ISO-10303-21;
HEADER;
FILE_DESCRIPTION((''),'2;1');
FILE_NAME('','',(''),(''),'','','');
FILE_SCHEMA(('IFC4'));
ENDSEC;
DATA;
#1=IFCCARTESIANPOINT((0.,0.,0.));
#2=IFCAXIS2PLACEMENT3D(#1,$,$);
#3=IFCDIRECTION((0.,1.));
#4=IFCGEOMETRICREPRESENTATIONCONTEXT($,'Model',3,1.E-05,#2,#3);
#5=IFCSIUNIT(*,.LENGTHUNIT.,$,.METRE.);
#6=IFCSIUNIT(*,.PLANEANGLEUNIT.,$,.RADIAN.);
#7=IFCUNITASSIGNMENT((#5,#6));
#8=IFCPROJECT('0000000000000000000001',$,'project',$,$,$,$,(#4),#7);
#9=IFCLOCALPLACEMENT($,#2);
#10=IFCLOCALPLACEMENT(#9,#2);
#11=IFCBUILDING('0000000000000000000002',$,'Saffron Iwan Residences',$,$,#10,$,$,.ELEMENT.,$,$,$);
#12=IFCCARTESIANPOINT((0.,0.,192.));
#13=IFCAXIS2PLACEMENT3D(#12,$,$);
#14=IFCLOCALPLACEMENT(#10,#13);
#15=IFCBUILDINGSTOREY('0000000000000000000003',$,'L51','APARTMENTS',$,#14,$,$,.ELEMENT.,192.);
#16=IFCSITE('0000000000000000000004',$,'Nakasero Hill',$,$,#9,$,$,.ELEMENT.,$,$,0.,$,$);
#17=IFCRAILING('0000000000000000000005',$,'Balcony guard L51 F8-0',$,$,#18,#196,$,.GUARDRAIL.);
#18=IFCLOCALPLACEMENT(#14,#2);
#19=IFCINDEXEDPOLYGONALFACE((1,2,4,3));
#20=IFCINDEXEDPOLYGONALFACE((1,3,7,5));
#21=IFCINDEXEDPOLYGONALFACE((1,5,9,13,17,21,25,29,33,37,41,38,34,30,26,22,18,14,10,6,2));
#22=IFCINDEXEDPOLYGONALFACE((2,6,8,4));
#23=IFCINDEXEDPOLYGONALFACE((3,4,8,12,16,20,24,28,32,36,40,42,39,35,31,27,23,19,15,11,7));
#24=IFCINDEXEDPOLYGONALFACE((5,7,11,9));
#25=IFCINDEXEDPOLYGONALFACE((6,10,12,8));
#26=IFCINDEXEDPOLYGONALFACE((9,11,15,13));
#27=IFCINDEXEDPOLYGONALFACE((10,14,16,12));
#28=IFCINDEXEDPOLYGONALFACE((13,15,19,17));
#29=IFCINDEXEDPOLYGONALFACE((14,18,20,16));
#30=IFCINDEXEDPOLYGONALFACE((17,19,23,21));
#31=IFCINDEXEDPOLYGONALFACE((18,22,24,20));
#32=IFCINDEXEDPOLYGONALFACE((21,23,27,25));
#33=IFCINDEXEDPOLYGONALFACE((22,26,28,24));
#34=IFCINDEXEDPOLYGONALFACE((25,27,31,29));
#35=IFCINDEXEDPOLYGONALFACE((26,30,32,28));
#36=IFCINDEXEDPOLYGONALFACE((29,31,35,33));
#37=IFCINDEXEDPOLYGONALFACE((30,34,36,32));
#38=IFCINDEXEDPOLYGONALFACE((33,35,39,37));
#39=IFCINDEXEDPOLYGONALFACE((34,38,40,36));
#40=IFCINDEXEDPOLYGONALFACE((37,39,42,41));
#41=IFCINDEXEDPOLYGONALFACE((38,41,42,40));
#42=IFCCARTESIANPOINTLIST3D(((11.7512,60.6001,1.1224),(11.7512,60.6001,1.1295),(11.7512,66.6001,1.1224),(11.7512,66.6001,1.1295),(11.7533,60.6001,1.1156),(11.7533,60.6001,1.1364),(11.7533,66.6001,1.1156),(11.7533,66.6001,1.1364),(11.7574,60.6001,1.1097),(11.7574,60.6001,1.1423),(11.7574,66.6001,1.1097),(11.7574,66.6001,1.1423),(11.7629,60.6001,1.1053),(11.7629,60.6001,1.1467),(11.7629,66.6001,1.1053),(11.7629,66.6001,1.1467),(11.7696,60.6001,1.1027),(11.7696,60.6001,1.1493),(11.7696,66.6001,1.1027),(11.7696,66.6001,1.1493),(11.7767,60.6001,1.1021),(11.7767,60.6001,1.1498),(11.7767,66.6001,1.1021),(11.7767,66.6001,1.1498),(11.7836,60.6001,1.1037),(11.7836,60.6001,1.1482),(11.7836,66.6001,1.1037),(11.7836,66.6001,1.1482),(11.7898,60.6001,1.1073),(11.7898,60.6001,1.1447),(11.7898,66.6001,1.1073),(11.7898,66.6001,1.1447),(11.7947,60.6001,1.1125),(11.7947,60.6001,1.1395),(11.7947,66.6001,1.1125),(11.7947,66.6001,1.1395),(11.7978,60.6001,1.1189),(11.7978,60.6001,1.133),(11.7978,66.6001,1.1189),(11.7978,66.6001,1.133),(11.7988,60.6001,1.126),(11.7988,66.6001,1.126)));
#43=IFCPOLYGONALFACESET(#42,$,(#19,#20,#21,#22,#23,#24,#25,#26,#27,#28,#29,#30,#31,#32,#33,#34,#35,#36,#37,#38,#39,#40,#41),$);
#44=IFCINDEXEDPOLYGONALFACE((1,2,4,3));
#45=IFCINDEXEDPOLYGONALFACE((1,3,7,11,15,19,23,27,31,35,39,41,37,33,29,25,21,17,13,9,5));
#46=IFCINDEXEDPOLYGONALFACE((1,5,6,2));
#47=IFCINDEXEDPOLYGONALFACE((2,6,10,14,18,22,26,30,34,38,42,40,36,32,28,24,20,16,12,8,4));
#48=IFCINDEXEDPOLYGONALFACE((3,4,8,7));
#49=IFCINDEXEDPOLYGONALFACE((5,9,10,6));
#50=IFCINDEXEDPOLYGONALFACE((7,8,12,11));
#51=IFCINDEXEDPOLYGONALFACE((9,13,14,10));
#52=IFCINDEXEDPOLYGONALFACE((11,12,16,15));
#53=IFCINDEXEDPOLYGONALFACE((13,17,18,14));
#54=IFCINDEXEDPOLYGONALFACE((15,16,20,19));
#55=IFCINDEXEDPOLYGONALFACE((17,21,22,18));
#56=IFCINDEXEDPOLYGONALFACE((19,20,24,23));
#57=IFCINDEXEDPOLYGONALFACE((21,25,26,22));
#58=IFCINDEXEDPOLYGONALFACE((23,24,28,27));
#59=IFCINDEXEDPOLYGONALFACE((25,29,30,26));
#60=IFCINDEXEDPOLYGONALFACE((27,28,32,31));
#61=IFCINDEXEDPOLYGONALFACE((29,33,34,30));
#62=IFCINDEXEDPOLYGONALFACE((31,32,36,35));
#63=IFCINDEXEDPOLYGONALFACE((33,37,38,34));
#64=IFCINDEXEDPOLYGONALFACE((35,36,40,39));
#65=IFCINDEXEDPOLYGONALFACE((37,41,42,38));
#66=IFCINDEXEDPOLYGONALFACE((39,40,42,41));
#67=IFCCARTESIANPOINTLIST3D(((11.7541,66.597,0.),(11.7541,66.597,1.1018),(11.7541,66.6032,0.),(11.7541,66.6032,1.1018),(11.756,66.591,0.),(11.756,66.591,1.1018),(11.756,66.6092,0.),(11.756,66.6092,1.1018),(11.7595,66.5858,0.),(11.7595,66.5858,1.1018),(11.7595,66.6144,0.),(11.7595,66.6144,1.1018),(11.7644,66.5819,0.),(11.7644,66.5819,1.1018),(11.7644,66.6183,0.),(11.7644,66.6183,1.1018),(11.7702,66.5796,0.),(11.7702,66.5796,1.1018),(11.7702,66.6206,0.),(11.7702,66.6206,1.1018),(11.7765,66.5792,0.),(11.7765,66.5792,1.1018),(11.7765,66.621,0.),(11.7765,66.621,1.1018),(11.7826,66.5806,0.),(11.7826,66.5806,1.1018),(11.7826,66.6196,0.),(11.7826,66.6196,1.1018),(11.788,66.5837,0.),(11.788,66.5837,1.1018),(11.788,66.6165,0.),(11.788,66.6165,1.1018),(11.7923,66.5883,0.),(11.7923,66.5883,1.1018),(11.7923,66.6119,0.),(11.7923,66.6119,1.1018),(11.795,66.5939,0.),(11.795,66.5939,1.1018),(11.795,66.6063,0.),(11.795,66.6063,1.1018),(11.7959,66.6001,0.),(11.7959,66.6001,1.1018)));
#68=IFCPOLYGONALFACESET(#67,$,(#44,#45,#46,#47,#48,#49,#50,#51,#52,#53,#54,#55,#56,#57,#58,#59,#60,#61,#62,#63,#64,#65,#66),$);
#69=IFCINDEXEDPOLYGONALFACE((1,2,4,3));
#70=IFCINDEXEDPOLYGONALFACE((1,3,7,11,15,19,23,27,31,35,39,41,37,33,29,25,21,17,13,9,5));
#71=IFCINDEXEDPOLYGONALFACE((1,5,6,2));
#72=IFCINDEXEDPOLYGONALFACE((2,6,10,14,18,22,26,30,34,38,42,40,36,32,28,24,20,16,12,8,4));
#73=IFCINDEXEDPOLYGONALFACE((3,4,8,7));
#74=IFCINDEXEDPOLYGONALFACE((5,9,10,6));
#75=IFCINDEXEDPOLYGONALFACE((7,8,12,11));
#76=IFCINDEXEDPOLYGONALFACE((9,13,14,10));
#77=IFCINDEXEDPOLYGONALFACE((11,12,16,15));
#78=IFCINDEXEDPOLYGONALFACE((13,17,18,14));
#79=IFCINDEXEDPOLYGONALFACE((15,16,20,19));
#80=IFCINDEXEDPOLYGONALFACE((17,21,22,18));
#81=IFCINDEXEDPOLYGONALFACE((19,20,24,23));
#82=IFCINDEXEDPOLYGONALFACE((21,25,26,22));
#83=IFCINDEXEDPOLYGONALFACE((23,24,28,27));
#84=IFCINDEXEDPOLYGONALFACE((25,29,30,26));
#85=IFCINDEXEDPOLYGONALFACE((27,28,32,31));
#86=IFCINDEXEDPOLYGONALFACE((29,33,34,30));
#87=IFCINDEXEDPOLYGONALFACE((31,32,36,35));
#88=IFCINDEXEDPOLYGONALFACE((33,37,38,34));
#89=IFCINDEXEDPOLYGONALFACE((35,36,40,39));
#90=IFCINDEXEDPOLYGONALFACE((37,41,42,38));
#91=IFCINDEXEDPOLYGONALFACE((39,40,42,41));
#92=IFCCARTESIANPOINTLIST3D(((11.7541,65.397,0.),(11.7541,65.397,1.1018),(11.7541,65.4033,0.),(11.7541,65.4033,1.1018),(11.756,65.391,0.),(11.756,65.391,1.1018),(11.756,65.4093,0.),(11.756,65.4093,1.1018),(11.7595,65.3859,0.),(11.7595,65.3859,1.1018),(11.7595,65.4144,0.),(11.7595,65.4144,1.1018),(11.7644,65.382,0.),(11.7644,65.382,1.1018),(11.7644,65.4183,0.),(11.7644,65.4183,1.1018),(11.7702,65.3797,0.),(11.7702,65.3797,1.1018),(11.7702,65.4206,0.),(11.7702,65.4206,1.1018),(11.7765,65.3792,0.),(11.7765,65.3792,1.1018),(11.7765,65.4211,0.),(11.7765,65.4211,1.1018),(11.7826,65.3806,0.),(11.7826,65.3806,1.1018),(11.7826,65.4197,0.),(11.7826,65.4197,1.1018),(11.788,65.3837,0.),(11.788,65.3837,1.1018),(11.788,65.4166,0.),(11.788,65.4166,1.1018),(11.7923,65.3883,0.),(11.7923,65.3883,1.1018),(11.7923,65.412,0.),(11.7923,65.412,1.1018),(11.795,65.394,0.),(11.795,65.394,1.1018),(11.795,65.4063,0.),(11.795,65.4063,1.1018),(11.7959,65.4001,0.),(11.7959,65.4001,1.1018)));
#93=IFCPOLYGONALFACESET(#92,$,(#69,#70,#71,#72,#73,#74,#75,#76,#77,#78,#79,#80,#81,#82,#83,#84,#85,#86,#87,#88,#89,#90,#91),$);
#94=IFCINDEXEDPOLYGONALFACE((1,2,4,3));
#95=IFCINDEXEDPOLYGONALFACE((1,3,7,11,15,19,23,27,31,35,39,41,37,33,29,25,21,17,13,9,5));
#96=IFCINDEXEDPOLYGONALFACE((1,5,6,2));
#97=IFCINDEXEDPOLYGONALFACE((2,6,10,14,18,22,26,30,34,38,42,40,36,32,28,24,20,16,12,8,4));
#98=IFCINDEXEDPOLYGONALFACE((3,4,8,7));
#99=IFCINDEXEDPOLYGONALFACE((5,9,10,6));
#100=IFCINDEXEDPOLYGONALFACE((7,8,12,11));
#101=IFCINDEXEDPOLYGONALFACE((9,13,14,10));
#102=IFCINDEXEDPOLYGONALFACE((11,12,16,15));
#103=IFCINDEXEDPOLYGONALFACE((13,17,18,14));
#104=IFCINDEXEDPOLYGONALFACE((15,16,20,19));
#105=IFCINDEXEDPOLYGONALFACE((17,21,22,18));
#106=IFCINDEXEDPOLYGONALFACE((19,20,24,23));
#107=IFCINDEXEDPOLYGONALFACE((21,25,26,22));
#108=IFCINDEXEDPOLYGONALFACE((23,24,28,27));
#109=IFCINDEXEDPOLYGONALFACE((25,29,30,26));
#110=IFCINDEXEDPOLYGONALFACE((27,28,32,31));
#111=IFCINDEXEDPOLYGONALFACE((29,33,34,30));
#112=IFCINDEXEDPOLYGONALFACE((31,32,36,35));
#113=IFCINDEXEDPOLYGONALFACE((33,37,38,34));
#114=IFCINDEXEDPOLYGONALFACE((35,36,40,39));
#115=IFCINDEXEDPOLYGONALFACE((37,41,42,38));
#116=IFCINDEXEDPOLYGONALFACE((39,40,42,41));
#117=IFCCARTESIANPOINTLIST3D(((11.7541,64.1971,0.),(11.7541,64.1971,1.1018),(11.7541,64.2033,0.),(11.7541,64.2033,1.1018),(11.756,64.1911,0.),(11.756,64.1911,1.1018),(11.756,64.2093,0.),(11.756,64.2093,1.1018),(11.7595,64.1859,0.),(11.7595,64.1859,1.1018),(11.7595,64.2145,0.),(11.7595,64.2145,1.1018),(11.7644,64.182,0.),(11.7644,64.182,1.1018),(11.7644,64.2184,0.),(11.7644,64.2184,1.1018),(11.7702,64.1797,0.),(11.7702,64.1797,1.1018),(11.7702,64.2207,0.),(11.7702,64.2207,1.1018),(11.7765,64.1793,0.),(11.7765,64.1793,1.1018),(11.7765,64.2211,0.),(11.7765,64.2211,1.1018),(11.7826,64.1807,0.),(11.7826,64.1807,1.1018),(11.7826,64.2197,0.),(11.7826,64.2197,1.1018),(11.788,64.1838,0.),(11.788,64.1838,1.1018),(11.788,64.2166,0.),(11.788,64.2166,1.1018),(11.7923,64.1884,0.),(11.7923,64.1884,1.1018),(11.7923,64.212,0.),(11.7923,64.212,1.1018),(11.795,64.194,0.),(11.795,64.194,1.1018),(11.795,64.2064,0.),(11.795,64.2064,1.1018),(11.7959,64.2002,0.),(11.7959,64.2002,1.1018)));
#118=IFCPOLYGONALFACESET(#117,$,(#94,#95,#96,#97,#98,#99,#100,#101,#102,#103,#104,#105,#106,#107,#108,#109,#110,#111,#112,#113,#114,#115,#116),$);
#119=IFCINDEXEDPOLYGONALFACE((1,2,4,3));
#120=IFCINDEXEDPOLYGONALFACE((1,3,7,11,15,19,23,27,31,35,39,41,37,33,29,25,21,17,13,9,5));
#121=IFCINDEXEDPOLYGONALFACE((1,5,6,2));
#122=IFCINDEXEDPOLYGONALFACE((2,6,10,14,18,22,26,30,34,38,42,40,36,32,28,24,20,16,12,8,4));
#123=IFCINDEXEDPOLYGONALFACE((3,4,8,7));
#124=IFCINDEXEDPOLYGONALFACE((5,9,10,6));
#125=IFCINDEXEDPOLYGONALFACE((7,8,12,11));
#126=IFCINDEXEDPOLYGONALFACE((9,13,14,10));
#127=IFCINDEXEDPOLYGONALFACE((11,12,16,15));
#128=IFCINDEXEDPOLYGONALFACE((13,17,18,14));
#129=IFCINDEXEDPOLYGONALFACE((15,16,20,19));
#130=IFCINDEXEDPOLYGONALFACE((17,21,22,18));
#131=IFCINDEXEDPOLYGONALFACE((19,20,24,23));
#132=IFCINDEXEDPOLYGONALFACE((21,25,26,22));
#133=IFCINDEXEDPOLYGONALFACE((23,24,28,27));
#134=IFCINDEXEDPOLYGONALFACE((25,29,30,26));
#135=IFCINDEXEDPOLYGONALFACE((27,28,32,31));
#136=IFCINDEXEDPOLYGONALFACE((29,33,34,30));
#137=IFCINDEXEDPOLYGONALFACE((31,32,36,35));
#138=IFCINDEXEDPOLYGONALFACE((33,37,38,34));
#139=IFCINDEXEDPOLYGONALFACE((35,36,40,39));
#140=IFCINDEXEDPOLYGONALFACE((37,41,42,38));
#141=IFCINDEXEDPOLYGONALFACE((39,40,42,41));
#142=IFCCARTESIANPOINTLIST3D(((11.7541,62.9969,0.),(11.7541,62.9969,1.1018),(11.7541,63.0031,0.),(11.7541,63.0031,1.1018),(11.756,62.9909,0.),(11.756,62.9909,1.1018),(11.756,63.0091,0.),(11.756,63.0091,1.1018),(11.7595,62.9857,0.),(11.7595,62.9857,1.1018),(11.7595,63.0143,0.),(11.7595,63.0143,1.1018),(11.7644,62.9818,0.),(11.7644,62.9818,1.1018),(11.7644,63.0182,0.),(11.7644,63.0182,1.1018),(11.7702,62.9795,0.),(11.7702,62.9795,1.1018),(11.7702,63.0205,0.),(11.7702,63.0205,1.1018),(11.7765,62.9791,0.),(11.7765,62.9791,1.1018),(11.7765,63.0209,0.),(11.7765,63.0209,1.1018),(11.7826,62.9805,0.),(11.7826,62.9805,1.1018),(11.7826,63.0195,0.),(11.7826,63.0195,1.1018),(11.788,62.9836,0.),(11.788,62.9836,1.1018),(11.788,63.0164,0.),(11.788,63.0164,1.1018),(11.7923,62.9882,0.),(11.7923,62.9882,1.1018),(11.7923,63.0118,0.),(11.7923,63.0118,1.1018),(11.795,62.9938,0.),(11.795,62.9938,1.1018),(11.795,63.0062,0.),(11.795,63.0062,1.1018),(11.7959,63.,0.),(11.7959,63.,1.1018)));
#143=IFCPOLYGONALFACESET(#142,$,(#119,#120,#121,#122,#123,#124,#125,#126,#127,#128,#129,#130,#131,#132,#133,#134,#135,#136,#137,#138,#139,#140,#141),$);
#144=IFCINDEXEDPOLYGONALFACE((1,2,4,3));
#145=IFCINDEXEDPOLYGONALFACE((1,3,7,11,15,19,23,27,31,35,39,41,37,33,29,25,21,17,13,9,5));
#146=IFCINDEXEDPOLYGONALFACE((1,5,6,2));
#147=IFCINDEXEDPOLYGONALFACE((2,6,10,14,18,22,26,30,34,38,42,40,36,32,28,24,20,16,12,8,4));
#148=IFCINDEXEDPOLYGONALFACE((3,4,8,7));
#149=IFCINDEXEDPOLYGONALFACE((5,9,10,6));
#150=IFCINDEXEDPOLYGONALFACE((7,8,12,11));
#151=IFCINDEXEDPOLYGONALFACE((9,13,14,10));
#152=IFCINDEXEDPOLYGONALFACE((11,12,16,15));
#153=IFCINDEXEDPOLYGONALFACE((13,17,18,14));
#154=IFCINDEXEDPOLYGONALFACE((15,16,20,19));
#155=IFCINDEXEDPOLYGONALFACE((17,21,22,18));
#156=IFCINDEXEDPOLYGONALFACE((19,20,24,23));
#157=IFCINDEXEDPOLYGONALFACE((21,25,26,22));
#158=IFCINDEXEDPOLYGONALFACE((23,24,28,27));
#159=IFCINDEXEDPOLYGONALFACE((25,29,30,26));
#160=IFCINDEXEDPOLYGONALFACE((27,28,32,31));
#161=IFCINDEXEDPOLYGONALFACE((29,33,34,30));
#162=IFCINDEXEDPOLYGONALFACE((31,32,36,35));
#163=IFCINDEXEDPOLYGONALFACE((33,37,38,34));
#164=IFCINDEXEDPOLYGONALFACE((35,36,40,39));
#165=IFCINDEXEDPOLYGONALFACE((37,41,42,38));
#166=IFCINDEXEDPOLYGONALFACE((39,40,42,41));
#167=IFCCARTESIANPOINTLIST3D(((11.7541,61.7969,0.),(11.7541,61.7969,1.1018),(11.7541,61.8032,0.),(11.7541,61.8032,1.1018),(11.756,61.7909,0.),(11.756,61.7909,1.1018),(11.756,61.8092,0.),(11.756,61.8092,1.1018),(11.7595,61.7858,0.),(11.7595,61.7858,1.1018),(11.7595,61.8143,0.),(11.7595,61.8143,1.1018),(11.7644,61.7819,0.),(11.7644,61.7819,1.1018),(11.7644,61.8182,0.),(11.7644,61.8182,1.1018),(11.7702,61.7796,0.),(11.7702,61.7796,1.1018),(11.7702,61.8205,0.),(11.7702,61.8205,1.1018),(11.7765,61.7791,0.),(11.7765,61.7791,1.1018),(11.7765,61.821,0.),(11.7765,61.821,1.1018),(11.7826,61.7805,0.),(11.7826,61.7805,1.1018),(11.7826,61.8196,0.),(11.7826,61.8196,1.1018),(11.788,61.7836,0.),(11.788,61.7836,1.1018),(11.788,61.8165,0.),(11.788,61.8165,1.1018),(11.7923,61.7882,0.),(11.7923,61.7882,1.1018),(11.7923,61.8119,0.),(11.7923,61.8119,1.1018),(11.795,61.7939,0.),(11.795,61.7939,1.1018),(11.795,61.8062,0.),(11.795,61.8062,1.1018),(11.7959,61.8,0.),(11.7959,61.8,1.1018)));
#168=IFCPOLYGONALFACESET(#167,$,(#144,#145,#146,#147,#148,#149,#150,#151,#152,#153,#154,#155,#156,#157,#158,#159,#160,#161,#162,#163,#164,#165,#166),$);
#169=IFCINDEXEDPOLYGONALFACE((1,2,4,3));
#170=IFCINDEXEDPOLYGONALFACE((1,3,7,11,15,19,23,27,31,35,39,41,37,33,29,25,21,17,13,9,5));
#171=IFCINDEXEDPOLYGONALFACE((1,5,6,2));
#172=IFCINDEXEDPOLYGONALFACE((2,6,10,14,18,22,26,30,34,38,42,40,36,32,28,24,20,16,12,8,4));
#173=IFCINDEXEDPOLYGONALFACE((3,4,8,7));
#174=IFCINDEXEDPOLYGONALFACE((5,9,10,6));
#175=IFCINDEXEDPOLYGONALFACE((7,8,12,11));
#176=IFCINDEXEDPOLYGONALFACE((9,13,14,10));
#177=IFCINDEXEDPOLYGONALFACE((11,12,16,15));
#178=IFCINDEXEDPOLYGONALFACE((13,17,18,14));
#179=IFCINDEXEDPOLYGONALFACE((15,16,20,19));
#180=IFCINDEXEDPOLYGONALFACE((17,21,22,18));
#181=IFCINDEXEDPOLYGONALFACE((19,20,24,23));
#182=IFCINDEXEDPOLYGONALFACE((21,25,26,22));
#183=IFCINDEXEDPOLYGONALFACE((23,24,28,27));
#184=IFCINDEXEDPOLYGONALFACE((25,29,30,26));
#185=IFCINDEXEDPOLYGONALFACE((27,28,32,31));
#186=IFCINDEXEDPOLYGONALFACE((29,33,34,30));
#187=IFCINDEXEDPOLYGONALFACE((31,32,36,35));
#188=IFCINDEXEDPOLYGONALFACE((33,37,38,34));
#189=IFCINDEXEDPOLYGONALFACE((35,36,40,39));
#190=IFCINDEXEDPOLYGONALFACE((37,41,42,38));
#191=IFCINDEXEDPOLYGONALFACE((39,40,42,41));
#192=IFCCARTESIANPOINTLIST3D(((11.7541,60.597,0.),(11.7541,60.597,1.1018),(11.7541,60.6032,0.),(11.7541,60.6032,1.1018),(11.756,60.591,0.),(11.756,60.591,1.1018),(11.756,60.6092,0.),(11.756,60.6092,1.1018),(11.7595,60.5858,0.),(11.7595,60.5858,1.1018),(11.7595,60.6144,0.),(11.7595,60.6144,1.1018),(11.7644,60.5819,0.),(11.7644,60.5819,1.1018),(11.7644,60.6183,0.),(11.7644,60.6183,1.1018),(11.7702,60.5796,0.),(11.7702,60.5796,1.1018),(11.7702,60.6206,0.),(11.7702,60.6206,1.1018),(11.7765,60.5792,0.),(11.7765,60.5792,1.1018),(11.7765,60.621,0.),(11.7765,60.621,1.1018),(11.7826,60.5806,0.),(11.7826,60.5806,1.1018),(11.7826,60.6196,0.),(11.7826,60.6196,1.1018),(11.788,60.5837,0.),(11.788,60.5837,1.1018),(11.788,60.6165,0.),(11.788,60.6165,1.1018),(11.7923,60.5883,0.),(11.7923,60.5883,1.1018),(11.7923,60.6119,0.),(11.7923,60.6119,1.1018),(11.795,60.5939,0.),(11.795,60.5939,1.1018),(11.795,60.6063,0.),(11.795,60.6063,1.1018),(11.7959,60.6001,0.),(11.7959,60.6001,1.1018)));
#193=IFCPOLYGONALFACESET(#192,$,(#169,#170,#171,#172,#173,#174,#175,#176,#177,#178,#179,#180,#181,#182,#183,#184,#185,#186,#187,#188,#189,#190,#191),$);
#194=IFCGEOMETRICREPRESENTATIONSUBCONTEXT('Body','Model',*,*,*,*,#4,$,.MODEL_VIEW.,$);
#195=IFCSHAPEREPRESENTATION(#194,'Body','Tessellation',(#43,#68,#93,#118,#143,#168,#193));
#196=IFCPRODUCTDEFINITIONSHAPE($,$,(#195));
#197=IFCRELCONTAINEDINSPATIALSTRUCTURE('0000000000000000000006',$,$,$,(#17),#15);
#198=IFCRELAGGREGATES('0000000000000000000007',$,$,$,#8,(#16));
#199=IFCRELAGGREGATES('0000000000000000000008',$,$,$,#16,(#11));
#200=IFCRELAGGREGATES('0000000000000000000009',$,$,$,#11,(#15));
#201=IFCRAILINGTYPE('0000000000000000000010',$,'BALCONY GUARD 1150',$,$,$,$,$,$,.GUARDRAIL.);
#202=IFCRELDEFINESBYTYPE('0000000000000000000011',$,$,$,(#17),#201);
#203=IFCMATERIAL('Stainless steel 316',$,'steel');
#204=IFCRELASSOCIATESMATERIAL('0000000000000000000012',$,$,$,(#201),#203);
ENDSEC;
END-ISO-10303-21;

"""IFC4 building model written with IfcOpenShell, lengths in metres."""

from ifc_helpers import new_model, si_unit, direction, frame, origin, origin_2d, place, context, subcontext, project, spatial, circle, extrude, material, type_object, element, save


model = new_model("IFC4")

# Units and contexts
model_context = context("Model", 3, precision=1e-05, world=origin(), true_north=direction((0.0, 1.0)))
body_context = subcontext(model_context, "Body", "Model", "MODEL_VIEW")
ifc_project = project(units=[si_unit("LENGTHUNIT", "METRE"), si_unit("PLANEANGLEUNIT", "RADIAN")], contexts=[model_context])

# Site, building, storey
site_placement = place(None, origin())
site = spatial("IfcSite", under=ifc_project, at=site_placement, Name="Nakasero Hill", CompositionType="ELEMENT", RefElevation=0.0)
building_placement = place(site_placement, origin())
building = spatial("IfcBuilding", under=site, at=building_placement, Name="Saffron Iwan Residences", CompositionType="ELEMENT")
storey_placement = place(building_placement, frame((0.0, 0.0, 192.0)))
storey = spatial("IfcBuildingStorey", under=building, at=storey_placement, Name="L51", Description="APARTMENTS", CompositionType="ELEMENT", Elevation=192.0)

# Railing
ifc_material_1 = material(Name="Stainless steel 316", Category="steel")
railing_type = type_object("IfcRailingType", Name="BALCONY GUARD 1150", PredefinedType="GUARDRAIL", material=ifc_material_1)
for number, where, name in (
    (1, (11.7749, 66.6001, 0.0), "Balcony guard L51 F8-0"),
):
    element("IfcRailing", number, at=place(storey_placement, frame(where)), inside=storey, type_object=railing_type, Name=name, PredefinedType="GUARDRAIL", context=body_context, shape_type="SweptSolid", body=[
        extrude(circle(Radius=0.0239, at=origin_2d()), frame((0.0, 0.0, 1.126), z_axis=(0.0, -1.0, 0.0), x_axis=(1.0, 0.0, 0.0)), (0.0, 0.0, 1.0), 6.0),
        extrude(circle(Radius=0.021, at=origin_2d()), origin(), (0.0, 0.0, 1.0), 1.1018),
        extrude(circle(Radius=0.021, at=origin_2d()), frame((0.0, -1.2, 0.0)), (0.0, 0.0, 1.0), 1.1018),
        extrude(circle(Radius=0.021, at=origin_2d()), frame((0.0, -2.3999, 0.0)), (0.0, 0.0, 1.0), 1.1018),
        extrude(circle(Radius=0.021, at=origin_2d()), frame((0.0, -3.6001, 0.0)), (0.0, 0.0, 1.0), 1.1018),
        extrude(circle(Radius=0.021, at=origin_2d()), frame((0.0, -4.8, 0.0)), (0.0, 0.0, 1.0), 1.1018),
        extrude(circle(Radius=0.021, at=origin_2d()), frame((0.0, -6.0, 0.0)), (0.0, 0.0, 1.0), 1.1018),
    ])

save(model, "model.ifc")
